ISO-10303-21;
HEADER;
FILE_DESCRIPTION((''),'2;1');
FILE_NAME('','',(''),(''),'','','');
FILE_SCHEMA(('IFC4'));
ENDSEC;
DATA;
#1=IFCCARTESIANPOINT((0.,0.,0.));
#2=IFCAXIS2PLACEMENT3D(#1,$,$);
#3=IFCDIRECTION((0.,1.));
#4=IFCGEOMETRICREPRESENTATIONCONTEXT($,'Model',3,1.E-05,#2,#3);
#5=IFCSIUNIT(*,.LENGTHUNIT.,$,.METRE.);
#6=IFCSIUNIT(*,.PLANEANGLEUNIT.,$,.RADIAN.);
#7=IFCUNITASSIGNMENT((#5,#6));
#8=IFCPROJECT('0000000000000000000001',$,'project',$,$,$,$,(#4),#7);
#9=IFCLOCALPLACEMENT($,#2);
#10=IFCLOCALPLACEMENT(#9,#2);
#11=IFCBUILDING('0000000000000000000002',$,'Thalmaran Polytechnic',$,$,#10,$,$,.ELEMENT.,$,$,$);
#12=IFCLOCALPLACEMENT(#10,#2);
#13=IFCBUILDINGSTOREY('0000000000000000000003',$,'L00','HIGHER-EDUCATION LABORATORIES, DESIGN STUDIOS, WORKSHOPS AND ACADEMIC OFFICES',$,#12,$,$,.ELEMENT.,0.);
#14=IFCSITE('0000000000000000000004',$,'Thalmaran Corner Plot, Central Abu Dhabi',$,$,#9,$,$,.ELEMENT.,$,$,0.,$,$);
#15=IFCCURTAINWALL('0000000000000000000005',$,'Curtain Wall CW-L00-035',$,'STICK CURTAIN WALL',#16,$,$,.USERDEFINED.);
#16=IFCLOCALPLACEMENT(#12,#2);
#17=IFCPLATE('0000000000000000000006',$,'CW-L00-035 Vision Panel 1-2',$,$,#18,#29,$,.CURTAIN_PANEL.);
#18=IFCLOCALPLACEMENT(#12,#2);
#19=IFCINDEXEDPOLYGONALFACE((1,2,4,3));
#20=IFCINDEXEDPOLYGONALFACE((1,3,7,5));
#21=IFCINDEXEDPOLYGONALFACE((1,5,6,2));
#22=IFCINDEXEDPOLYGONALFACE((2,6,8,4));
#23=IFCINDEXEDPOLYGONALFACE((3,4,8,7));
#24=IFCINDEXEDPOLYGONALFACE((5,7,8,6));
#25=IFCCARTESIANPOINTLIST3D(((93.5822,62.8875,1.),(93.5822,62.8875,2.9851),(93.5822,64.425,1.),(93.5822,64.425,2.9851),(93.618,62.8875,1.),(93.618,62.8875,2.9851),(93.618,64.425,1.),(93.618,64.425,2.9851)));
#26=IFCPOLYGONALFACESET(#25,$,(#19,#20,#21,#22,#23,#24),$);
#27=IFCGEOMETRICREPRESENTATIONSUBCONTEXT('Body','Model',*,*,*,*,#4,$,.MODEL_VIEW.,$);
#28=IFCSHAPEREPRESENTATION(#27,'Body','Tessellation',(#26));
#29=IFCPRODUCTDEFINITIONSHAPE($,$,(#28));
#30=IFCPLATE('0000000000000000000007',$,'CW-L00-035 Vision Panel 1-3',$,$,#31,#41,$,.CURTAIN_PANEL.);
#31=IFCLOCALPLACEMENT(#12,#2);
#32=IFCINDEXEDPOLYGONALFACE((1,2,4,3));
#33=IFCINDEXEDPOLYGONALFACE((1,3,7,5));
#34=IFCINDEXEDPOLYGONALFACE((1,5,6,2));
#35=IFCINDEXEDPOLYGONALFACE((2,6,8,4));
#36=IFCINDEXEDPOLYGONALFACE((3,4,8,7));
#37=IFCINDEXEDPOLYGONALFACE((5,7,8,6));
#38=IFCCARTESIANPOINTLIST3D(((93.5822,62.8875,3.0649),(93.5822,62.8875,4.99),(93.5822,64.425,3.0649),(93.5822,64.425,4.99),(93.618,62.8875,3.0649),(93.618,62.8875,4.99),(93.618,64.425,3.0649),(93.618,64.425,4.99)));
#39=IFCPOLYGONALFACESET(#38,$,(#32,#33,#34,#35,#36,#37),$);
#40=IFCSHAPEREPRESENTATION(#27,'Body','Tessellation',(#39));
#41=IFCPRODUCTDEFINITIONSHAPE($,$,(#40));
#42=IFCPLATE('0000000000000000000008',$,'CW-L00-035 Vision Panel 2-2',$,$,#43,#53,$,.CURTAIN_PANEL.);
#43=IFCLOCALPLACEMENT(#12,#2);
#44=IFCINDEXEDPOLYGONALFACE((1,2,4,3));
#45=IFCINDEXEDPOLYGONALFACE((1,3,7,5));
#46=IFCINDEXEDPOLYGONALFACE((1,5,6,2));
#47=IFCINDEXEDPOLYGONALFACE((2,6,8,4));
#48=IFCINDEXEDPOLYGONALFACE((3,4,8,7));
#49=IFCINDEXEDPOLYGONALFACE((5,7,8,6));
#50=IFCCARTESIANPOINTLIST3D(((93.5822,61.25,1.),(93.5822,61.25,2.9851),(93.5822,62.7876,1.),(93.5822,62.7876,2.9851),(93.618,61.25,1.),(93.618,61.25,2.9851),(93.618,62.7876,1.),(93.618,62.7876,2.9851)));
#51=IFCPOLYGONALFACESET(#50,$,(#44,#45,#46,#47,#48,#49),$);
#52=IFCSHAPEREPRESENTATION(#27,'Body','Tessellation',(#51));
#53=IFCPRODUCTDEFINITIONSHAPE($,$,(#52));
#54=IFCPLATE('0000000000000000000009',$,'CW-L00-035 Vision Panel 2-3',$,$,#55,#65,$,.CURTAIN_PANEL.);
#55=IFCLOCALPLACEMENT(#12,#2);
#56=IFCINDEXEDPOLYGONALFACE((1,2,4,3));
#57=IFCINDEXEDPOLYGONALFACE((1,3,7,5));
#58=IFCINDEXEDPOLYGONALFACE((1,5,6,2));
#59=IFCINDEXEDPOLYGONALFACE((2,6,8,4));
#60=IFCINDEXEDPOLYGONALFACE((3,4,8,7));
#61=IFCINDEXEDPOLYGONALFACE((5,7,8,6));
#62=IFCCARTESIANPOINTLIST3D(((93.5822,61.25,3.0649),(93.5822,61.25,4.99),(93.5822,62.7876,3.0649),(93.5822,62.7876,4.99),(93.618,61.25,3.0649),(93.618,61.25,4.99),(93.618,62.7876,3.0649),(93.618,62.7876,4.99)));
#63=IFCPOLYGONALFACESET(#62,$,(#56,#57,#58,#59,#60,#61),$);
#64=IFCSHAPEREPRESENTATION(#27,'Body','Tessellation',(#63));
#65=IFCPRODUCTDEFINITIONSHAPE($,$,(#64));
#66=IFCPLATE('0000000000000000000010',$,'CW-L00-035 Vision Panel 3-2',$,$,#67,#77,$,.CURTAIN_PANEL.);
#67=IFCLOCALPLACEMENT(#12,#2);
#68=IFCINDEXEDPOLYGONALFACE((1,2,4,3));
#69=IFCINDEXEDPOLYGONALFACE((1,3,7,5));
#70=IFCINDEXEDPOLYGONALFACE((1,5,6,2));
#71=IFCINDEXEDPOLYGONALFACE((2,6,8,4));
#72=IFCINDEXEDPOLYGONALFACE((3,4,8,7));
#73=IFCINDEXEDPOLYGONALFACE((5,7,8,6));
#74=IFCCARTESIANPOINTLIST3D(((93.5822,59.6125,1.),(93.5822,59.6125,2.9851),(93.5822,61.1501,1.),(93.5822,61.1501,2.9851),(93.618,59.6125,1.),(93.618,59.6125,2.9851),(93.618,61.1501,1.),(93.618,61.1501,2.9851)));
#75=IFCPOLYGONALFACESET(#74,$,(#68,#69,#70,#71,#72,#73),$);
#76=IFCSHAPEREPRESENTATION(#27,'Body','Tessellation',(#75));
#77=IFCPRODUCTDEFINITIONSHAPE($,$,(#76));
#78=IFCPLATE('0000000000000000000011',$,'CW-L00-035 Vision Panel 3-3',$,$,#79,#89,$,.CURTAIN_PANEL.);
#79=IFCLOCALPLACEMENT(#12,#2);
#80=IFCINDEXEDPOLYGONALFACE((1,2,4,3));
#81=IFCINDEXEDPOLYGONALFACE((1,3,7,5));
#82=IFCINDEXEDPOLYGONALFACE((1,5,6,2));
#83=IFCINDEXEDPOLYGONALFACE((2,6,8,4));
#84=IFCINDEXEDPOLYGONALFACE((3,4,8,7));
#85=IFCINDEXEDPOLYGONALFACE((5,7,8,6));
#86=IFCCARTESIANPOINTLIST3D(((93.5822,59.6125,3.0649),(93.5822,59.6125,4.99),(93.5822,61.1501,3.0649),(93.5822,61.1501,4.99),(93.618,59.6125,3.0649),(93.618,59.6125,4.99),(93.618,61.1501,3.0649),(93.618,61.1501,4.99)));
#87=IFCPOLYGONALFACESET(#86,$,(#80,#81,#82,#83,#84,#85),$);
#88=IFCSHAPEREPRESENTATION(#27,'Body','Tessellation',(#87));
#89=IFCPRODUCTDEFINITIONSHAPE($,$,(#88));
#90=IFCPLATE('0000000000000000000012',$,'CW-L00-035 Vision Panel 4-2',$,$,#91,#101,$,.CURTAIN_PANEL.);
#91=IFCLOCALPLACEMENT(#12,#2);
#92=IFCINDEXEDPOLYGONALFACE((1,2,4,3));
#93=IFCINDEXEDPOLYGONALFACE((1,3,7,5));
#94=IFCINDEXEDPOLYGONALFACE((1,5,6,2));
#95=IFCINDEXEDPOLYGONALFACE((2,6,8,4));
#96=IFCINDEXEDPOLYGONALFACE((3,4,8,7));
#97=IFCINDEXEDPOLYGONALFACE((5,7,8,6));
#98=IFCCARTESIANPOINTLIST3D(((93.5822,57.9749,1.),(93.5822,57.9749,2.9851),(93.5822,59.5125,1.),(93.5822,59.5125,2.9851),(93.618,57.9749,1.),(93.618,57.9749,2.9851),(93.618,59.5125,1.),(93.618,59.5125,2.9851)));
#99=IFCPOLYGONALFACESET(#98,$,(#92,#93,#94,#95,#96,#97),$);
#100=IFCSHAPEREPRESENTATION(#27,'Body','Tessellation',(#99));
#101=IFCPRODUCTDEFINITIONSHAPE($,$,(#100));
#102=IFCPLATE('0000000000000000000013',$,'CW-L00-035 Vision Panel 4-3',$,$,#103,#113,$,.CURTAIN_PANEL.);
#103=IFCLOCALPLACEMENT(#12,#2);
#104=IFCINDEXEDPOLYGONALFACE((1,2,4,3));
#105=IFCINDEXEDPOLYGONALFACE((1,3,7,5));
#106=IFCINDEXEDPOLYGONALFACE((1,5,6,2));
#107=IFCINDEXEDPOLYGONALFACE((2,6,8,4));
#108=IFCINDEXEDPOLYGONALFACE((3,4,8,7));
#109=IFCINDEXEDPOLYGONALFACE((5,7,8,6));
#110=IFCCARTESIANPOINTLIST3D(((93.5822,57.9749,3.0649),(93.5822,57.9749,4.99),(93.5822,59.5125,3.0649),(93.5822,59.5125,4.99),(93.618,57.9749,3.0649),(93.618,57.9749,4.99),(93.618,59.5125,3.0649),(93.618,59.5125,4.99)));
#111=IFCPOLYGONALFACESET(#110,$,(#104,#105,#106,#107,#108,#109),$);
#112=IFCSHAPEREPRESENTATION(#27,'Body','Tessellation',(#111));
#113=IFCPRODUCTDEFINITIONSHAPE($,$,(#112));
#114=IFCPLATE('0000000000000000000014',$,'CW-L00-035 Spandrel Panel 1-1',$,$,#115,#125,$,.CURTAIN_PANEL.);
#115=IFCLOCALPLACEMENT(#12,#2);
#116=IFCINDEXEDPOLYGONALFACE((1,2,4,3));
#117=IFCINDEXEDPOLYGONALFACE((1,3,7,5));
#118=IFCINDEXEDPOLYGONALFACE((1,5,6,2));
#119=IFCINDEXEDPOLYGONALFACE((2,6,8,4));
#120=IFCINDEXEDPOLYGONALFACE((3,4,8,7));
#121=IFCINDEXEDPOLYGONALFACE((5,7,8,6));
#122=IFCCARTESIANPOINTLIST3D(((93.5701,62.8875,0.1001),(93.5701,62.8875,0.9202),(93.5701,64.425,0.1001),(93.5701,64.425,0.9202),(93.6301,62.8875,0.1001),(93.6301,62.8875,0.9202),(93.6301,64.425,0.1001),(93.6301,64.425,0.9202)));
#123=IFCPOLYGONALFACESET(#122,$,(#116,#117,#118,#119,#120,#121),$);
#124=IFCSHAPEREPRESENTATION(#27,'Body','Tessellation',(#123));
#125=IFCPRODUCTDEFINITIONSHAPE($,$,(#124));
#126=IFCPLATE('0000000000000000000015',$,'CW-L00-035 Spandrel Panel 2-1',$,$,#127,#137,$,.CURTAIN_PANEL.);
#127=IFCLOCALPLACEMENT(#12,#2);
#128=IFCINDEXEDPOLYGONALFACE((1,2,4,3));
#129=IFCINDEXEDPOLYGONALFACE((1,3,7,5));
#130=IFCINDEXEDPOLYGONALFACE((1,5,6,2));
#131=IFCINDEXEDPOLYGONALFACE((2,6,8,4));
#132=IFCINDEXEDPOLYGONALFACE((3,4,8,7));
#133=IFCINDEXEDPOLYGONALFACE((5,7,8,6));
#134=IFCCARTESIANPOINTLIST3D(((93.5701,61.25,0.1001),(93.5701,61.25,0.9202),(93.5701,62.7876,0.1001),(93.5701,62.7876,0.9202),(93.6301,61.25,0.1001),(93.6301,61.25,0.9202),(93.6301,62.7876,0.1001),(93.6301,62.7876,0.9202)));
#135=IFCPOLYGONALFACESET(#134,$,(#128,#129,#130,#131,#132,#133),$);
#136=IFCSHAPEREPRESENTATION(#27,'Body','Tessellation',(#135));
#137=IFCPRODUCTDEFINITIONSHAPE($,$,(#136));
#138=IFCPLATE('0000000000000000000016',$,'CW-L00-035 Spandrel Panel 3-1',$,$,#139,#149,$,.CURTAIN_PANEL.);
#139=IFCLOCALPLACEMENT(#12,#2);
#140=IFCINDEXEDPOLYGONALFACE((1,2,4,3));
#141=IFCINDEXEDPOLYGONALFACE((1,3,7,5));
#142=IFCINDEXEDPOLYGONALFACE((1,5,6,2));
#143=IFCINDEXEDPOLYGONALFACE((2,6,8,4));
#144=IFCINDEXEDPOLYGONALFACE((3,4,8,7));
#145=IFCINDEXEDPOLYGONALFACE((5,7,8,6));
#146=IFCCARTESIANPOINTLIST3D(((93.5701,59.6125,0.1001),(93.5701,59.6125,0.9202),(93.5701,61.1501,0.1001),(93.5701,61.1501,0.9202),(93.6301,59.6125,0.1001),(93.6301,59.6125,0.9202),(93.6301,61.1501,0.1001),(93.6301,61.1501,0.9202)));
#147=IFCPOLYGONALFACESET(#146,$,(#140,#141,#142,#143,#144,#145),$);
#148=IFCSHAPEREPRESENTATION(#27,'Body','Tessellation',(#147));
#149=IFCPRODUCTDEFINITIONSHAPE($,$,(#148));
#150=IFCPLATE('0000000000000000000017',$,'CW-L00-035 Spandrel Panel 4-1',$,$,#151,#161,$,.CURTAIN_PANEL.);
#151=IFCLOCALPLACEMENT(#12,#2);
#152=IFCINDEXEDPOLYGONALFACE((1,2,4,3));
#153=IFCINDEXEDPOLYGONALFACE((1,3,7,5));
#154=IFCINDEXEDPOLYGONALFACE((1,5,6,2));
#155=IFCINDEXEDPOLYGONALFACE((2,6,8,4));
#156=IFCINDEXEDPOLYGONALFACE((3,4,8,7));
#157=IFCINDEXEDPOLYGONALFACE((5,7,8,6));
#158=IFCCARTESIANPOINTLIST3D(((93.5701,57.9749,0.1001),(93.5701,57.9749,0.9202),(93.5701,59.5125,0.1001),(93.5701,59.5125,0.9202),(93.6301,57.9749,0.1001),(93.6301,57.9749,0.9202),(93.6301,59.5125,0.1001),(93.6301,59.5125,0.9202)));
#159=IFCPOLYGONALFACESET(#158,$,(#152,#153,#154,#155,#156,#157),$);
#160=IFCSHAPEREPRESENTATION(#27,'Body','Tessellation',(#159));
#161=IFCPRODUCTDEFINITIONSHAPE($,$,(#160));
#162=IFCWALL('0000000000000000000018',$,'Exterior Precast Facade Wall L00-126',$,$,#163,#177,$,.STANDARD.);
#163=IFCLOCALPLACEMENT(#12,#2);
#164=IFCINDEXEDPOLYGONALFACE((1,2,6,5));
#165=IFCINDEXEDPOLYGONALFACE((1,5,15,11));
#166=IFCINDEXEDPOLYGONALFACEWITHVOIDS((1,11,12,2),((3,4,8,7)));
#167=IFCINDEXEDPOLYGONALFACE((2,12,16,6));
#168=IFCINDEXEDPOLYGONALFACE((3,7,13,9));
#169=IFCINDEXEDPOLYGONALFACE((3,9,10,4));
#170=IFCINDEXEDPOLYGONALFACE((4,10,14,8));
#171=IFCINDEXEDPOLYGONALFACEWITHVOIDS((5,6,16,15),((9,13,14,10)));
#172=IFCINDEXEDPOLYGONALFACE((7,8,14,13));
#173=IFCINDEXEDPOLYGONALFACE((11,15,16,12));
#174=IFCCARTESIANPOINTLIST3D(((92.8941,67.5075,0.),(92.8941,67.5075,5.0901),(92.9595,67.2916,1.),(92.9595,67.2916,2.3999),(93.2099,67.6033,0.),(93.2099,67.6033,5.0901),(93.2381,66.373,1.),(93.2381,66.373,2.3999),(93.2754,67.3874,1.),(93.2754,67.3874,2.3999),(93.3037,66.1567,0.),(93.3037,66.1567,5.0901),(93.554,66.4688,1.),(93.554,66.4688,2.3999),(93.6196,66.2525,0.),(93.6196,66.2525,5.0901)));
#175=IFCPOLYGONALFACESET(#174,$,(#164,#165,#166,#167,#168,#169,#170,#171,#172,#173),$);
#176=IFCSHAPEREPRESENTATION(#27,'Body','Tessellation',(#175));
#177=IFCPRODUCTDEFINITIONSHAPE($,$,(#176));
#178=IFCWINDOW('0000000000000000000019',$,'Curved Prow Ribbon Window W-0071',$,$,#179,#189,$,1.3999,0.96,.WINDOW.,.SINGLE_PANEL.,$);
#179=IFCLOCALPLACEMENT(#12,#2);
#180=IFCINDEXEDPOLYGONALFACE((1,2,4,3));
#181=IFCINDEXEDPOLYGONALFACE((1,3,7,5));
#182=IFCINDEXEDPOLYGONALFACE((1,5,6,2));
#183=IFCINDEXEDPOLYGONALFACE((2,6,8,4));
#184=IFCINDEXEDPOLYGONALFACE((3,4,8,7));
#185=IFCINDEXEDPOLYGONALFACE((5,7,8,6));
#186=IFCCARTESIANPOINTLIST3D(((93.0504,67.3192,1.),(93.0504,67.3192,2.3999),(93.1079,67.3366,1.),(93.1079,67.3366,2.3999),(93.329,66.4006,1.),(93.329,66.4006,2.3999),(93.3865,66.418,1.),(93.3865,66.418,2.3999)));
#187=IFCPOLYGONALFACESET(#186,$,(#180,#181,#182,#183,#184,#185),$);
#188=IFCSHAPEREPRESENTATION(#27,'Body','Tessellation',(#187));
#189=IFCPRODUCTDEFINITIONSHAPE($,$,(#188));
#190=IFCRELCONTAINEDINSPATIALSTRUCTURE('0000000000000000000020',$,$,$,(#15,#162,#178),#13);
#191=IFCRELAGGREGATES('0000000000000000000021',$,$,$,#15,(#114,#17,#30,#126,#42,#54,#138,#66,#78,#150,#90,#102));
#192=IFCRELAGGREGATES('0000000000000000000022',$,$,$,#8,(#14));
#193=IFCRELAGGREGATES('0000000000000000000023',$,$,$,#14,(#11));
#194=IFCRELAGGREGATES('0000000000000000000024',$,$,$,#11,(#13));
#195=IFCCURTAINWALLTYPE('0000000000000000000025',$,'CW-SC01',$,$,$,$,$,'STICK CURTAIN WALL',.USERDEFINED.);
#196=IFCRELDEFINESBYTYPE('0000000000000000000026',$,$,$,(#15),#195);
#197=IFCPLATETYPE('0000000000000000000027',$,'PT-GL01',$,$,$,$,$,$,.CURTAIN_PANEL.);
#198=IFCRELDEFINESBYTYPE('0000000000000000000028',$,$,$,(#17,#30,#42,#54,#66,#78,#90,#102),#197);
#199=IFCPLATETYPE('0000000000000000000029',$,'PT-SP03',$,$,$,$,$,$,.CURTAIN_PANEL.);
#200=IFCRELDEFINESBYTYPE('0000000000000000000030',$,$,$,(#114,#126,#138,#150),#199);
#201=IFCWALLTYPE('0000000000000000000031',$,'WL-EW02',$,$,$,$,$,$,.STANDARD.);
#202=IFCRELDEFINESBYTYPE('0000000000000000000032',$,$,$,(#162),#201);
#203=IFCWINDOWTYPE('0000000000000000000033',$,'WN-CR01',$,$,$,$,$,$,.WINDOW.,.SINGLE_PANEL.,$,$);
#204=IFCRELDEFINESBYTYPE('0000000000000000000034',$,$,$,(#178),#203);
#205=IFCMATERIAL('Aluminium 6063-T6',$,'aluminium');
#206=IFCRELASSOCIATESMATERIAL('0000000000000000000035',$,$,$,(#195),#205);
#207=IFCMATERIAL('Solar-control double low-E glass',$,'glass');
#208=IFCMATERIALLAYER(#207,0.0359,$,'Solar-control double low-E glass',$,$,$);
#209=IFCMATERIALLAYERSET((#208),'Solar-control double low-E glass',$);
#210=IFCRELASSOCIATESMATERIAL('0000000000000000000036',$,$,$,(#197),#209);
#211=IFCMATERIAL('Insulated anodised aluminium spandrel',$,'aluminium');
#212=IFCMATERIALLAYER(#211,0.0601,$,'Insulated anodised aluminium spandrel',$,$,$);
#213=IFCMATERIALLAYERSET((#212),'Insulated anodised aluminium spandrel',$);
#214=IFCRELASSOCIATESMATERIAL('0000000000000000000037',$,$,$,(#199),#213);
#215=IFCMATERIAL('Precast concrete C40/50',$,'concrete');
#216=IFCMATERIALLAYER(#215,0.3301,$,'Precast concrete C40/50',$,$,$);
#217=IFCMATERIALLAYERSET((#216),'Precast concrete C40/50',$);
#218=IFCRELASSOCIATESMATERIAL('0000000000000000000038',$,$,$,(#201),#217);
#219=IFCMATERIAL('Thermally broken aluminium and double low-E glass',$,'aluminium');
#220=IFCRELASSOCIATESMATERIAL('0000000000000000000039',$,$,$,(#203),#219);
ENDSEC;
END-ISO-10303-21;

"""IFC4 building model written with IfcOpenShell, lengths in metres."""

from ifc_helpers import new_model, si_unit, direction, frame, frame_2d, origin, origin_2d, place, context, subcontext, project, spatial, rectangle, extrude, material, layer, layer_set, type_object, element, fill, aggregate, save


model = new_model("IFC4")

# Units and contexts
model_context = context("Model", 3, precision=1e-05, world=origin(), true_north=direction((0.0, 1.0)))
body_context = subcontext(model_context, "Body", "Model", "MODEL_VIEW")
ifc_project = project(units=[si_unit("LENGTHUNIT", "METRE"), si_unit("PLANEANGLEUNIT", "RADIAN")], contexts=[model_context])

# Site, building, storey
site_placement = place(None, origin())
site = spatial("IfcSite", under=ifc_project, at=site_placement, Name="Thalmaran Corner Plot, Central Abu Dhabi", CompositionType="ELEMENT", RefElevation=0.0)
building_placement = place(site_placement, origin())
building = spatial("IfcBuilding", under=site, at=building_placement, Name="Thalmaran Polytechnic", CompositionType="ELEMENT")
storey_placement = place(building_placement, origin())
storey = spatial("IfcBuildingStorey", under=building, at=storey_placement, Name="L00", Description="HIGHER-EDUCATION LABORATORIES, DESIGN STUDIOS, WORKSHOPS AND ACADEMIC OFFICES", CompositionType="ELEMENT", Elevation=0.0)

# Curtain wall
ifc_material_1 = material(Name="Aluminium 6063-T6", Category="aluminium")
curtain_wall_type = type_object("IfcCurtainWallType", Name="CW-SC01", ElementType="STICK CURTAIN WALL", PredefinedType="USERDEFINED", material=ifc_material_1)
curtain_wall_placement = place(storey_placement, origin())
curtain_wall = element("IfcCurtainWall", 1, at=curtain_wall_placement, inside=storey, type_object=curtain_wall_type, Name="Curtain Wall CW-L00-035", ObjectType="STICK CURTAIN WALL", PredefinedType="USERDEFINED")

# Plates
ifc_material_2 = material(Name="Solar-control double low-E glass", Category="glass")
ifc_layer_1 = layer(ifc_material_2, 0.0359, Name="Solar-control double low-E glass")
ifc_layer_set_1 = layer_set([ifc_layer_1], Name="Solar-control double low-E glass")
plate_type_1 = type_object("IfcPlateType", Name="PT-GL01", PredefinedType="CURTAIN_PANEL", material=ifc_layer_set_1)
plate_1_placement = place(storey_placement, frame((93.6001, 63.6562, 1.0), z_axis=(0.0, 0.0, 1.0), x_axis=(0.0, -1.0, 0.0)))
plate_1 = element("IfcPlate", 2, at=plate_1_placement, type_object=plate_type_1, Name="CW-L00-035 Vision Panel 1-2", PredefinedType="CURTAIN_PANEL", context=body_context, shape_type="SweptSolid", body=[
    extrude(rectangle(XDim=1.5376, YDim=0.0359, at=origin_2d()), origin(), (0.0, 0.0, 1.0), 1.9851),
])
plate_2_placement = place(storey_placement, frame((93.6001, 63.6562, 3.0649), z_axis=(0.0, 0.0, 1.0), x_axis=(0.0, -1.0, 0.0)))
plate_2 = element("IfcPlate", 3, at=plate_2_placement, type_object=plate_type_1, Name="CW-L00-035 Vision Panel 1-3", PredefinedType="CURTAIN_PANEL", context=body_context, shape_type="SweptSolid", body=[
    extrude(rectangle(XDim=1.5376, YDim=0.0359, at=origin_2d()), origin(), (0.0, 0.0, 1.0), 1.925),
])
plate_3_placement = place(storey_placement, frame((93.6001, 62.0188, 1.0), z_axis=(0.0, 0.0, 1.0), x_axis=(0.0, -1.0, 0.0)))
plate_3 = element("IfcPlate", 4, at=plate_3_placement, type_object=plate_type_1, Name="CW-L00-035 Vision Panel 2-2", PredefinedType="CURTAIN_PANEL", context=body_context, shape_type="SweptSolid", body=[
    extrude(rectangle(XDim=1.5376, YDim=0.0359, at=origin_2d()), origin(), (0.0, 0.0, 1.0), 1.9851),
])
plate_4_placement = place(storey_placement, frame((93.6001, 62.0188, 3.0649), z_axis=(0.0, 0.0, 1.0), x_axis=(0.0, -1.0, 0.0)))
plate_4 = element("IfcPlate", 5, at=plate_4_placement, type_object=plate_type_1, Name="CW-L00-035 Vision Panel 2-3", PredefinedType="CURTAIN_PANEL", context=body_context, shape_type="SweptSolid", body=[
    extrude(rectangle(XDim=1.5376, YDim=0.0359, at=origin_2d()), origin(), (0.0, 0.0, 1.0), 1.925),
])
plate_5_placement = place(storey_placement, frame((93.6001, 60.3813, 1.0), z_axis=(0.0, 0.0, 1.0), x_axis=(0.0, -1.0, 0.0)))
plate_5 = element("IfcPlate", 6, at=plate_5_placement, type_object=plate_type_1, Name="CW-L00-035 Vision Panel 3-2", PredefinedType="CURTAIN_PANEL", context=body_context, shape_type="SweptSolid", body=[
    extrude(rectangle(XDim=1.5376, YDim=0.0359, at=origin_2d()), origin(), (0.0, 0.0, 1.0), 1.9851),
])
plate_6_placement = place(storey_placement, frame((93.6001, 60.3813, 3.0649), z_axis=(0.0, 0.0, 1.0), x_axis=(0.0, -1.0, 0.0)))
plate_6 = element("IfcPlate", 7, at=plate_6_placement, type_object=plate_type_1, Name="CW-L00-035 Vision Panel 3-3", PredefinedType="CURTAIN_PANEL", context=body_context, shape_type="SweptSolid", body=[
    extrude(rectangle(XDim=1.5376, YDim=0.0359, at=origin_2d()), origin(), (0.0, 0.0, 1.0), 1.925),
])
plate_7_placement = place(storey_placement, frame((93.6001, 58.7437, 1.0), z_axis=(0.0, 0.0, 1.0), x_axis=(0.0, -1.0, 0.0)))
plate_7 = element("IfcPlate", 8, at=plate_7_placement, type_object=plate_type_1, Name="CW-L00-035 Vision Panel 4-2", PredefinedType="CURTAIN_PANEL", context=body_context, shape_type="SweptSolid", body=[
    extrude(rectangle(XDim=1.5376, YDim=0.0359, at=origin_2d()), origin(), (0.0, 0.0, 1.0), 1.9851),
])
plate_8_placement = place(storey_placement, frame((93.6001, 58.7437, 3.0649), z_axis=(0.0, 0.0, 1.0), x_axis=(0.0, -1.0, 0.0)))
plate_8 = element("IfcPlate", 9, at=plate_8_placement, type_object=plate_type_1, Name="CW-L00-035 Vision Panel 4-3", PredefinedType="CURTAIN_PANEL", context=body_context, shape_type="SweptSolid", body=[
    extrude(rectangle(XDim=1.5376, YDim=0.0359, at=origin_2d()), origin(), (0.0, 0.0, 1.0), 1.925),
])
ifc_material_3 = material(Name="Insulated anodised aluminium spandrel", Category="aluminium")
ifc_layer_2 = layer(ifc_material_3, 0.0601, Name="Insulated anodised aluminium spandrel")
ifc_layer_set_2 = layer_set([ifc_layer_2], Name="Insulated anodised aluminium spandrel")
plate_type_2 = type_object("IfcPlateType", Name="PT-SP03", PredefinedType="CURTAIN_PANEL", material=ifc_layer_set_2)
plate_9_placement = place(storey_placement, frame((93.6001, 63.6562, 0.1001), z_axis=(0.0, 0.0, 1.0), x_axis=(0.0, -1.0, 0.0)))
plate_9 = element("IfcPlate", 10, at=plate_9_placement, type_object=plate_type_2, Name="CW-L00-035 Spandrel Panel 1-1", PredefinedType="CURTAIN_PANEL", context=body_context, shape_type="SweptSolid", body=[
    extrude(rectangle(XDim=1.5376, YDim=0.0601, at=origin_2d()), origin(), (0.0, 0.0, 1.0), 0.8201),
])
plate_10_placement = place(storey_placement, frame((93.6001, 62.0188, 0.1001), z_axis=(0.0, 0.0, 1.0), x_axis=(0.0, -1.0, 0.0)))
plate_10 = element("IfcPlate", 11, at=plate_10_placement, type_object=plate_type_2, Name="CW-L00-035 Spandrel Panel 2-1", PredefinedType="CURTAIN_PANEL", context=body_context, shape_type="SweptSolid", body=[
    extrude(rectangle(XDim=1.5376, YDim=0.0601, at=origin_2d()), origin(), (0.0, 0.0, 1.0), 0.8201),
])
plate_11_placement = place(storey_placement, frame((93.6001, 60.3813, 0.1001), z_axis=(0.0, 0.0, 1.0), x_axis=(0.0, -1.0, 0.0)))
plate_11 = element("IfcPlate", 12, at=plate_11_placement, type_object=plate_type_2, Name="CW-L00-035 Spandrel Panel 3-1", PredefinedType="CURTAIN_PANEL", context=body_context, shape_type="SweptSolid", body=[
    extrude(rectangle(XDim=1.5376, YDim=0.0601, at=origin_2d()), origin(), (0.0, 0.0, 1.0), 0.8201),
])
plate_12_placement = place(storey_placement, frame((93.6001, 58.7437, 0.1001), z_axis=(0.0, 0.0, 1.0), x_axis=(0.0, -1.0, 0.0)))
plate_12 = element("IfcPlate", 13, at=plate_12_placement, type_object=plate_type_2, Name="CW-L00-035 Spandrel Panel 4-1", PredefinedType="CURTAIN_PANEL", context=body_context, shape_type="SweptSolid", body=[
    extrude(rectangle(XDim=1.5376, YDim=0.0601, at=origin_2d()), origin(), (0.0, 0.0, 1.0), 0.8201),
])
aggregate(curtain_wall, [plate_9, plate_1, plate_2, plate_10, plate_3, plate_4, plate_11, plate_5, plate_6, plate_12, plate_7, plate_8])

# Wall, opening, window
ifc_material_4 = material(Name="Precast concrete C40/50", Category="concrete")
ifc_layer_3 = layer(ifc_material_4, 0.3301, Name="Precast concrete C40/50")
ifc_layer_set_3 = layer_set([ifc_layer_3], Name="Precast concrete C40/50")
wall_type = type_object("IfcWallType", Name="WL-EW02", PredefinedType="STANDARD", material=ifc_layer_set_3)
wall_1_placement = place(storey_placement, frame((93.052, 67.5554, 0.0), z_axis=(0.0, 0.0, 1.0), x_axis=(0.290219, -0.95696, 0.0)))
wall_1 = element("IfcWall", 14, at=wall_1_placement, inside=storey, type_object=wall_type, Name="Exterior Precast Facade Wall L00-126", PredefinedType="STANDARD", context=body_context, shape_type="SweptSolid", body=[
    extrude(rectangle(XDim=1.4116, YDim=0.3301, at=frame_2d((0.7058, 0.0))), origin(), (0.0, 0.0, 1.0), 5.0901),
])
opening_1_placement = place(wall_1_placement, frame((0.2256, 0.0, 1.0)))
opening_1 = element("IfcOpeningElement", 15, at=opening_1_placement, cuts=wall_1, PredefinedType="OPENING", context=body_context, shape_type="SweptSolid", body=[
    extrude(rectangle(XDim=0.96, YDim=1.3999, at=frame_2d((0.48, 0.7))), frame((0.0, 0.175, 0.0), z_axis=(0.0, -1.0, 0.0), x_axis=(1.0, 0.0, 0.0)), (0.0, 0.0, 1.0), 0.3501),
])
ifc_material_5 = material(Name="Thermally broken aluminium and double low-E glass", Category="aluminium")
window_type = type_object("IfcWindowType", Name="WN-CR01", PartitioningType="SINGLE_PANEL", PredefinedType="WINDOW", material=ifc_material_5)
window_1_placement = place(opening_1_placement, origin())
window_1 = element("IfcWindow", 16, at=window_1_placement, inside=storey, type_object=window_type, Name="Curved Prow Ribbon Window W-0071", OverallHeight=1.3999, OverallWidth=0.96, PartitioningType="SINGLE_PANEL", PredefinedType="WINDOW", context=body_context, shape_type="SweptSolid", body=[
    extrude(rectangle(XDim=0.96, YDim=1.3999, at=frame_2d((0.48, 0.7))), frame((0.0, -0.01, 0.0), z_axis=(0.0, -1.0, 0.0), x_axis=(1.0, 0.0, 0.0)), (0.0, 0.0, 1.0), 0.0601),
])
fill(opening_1, window_1)

save(model, "model.ifc")
